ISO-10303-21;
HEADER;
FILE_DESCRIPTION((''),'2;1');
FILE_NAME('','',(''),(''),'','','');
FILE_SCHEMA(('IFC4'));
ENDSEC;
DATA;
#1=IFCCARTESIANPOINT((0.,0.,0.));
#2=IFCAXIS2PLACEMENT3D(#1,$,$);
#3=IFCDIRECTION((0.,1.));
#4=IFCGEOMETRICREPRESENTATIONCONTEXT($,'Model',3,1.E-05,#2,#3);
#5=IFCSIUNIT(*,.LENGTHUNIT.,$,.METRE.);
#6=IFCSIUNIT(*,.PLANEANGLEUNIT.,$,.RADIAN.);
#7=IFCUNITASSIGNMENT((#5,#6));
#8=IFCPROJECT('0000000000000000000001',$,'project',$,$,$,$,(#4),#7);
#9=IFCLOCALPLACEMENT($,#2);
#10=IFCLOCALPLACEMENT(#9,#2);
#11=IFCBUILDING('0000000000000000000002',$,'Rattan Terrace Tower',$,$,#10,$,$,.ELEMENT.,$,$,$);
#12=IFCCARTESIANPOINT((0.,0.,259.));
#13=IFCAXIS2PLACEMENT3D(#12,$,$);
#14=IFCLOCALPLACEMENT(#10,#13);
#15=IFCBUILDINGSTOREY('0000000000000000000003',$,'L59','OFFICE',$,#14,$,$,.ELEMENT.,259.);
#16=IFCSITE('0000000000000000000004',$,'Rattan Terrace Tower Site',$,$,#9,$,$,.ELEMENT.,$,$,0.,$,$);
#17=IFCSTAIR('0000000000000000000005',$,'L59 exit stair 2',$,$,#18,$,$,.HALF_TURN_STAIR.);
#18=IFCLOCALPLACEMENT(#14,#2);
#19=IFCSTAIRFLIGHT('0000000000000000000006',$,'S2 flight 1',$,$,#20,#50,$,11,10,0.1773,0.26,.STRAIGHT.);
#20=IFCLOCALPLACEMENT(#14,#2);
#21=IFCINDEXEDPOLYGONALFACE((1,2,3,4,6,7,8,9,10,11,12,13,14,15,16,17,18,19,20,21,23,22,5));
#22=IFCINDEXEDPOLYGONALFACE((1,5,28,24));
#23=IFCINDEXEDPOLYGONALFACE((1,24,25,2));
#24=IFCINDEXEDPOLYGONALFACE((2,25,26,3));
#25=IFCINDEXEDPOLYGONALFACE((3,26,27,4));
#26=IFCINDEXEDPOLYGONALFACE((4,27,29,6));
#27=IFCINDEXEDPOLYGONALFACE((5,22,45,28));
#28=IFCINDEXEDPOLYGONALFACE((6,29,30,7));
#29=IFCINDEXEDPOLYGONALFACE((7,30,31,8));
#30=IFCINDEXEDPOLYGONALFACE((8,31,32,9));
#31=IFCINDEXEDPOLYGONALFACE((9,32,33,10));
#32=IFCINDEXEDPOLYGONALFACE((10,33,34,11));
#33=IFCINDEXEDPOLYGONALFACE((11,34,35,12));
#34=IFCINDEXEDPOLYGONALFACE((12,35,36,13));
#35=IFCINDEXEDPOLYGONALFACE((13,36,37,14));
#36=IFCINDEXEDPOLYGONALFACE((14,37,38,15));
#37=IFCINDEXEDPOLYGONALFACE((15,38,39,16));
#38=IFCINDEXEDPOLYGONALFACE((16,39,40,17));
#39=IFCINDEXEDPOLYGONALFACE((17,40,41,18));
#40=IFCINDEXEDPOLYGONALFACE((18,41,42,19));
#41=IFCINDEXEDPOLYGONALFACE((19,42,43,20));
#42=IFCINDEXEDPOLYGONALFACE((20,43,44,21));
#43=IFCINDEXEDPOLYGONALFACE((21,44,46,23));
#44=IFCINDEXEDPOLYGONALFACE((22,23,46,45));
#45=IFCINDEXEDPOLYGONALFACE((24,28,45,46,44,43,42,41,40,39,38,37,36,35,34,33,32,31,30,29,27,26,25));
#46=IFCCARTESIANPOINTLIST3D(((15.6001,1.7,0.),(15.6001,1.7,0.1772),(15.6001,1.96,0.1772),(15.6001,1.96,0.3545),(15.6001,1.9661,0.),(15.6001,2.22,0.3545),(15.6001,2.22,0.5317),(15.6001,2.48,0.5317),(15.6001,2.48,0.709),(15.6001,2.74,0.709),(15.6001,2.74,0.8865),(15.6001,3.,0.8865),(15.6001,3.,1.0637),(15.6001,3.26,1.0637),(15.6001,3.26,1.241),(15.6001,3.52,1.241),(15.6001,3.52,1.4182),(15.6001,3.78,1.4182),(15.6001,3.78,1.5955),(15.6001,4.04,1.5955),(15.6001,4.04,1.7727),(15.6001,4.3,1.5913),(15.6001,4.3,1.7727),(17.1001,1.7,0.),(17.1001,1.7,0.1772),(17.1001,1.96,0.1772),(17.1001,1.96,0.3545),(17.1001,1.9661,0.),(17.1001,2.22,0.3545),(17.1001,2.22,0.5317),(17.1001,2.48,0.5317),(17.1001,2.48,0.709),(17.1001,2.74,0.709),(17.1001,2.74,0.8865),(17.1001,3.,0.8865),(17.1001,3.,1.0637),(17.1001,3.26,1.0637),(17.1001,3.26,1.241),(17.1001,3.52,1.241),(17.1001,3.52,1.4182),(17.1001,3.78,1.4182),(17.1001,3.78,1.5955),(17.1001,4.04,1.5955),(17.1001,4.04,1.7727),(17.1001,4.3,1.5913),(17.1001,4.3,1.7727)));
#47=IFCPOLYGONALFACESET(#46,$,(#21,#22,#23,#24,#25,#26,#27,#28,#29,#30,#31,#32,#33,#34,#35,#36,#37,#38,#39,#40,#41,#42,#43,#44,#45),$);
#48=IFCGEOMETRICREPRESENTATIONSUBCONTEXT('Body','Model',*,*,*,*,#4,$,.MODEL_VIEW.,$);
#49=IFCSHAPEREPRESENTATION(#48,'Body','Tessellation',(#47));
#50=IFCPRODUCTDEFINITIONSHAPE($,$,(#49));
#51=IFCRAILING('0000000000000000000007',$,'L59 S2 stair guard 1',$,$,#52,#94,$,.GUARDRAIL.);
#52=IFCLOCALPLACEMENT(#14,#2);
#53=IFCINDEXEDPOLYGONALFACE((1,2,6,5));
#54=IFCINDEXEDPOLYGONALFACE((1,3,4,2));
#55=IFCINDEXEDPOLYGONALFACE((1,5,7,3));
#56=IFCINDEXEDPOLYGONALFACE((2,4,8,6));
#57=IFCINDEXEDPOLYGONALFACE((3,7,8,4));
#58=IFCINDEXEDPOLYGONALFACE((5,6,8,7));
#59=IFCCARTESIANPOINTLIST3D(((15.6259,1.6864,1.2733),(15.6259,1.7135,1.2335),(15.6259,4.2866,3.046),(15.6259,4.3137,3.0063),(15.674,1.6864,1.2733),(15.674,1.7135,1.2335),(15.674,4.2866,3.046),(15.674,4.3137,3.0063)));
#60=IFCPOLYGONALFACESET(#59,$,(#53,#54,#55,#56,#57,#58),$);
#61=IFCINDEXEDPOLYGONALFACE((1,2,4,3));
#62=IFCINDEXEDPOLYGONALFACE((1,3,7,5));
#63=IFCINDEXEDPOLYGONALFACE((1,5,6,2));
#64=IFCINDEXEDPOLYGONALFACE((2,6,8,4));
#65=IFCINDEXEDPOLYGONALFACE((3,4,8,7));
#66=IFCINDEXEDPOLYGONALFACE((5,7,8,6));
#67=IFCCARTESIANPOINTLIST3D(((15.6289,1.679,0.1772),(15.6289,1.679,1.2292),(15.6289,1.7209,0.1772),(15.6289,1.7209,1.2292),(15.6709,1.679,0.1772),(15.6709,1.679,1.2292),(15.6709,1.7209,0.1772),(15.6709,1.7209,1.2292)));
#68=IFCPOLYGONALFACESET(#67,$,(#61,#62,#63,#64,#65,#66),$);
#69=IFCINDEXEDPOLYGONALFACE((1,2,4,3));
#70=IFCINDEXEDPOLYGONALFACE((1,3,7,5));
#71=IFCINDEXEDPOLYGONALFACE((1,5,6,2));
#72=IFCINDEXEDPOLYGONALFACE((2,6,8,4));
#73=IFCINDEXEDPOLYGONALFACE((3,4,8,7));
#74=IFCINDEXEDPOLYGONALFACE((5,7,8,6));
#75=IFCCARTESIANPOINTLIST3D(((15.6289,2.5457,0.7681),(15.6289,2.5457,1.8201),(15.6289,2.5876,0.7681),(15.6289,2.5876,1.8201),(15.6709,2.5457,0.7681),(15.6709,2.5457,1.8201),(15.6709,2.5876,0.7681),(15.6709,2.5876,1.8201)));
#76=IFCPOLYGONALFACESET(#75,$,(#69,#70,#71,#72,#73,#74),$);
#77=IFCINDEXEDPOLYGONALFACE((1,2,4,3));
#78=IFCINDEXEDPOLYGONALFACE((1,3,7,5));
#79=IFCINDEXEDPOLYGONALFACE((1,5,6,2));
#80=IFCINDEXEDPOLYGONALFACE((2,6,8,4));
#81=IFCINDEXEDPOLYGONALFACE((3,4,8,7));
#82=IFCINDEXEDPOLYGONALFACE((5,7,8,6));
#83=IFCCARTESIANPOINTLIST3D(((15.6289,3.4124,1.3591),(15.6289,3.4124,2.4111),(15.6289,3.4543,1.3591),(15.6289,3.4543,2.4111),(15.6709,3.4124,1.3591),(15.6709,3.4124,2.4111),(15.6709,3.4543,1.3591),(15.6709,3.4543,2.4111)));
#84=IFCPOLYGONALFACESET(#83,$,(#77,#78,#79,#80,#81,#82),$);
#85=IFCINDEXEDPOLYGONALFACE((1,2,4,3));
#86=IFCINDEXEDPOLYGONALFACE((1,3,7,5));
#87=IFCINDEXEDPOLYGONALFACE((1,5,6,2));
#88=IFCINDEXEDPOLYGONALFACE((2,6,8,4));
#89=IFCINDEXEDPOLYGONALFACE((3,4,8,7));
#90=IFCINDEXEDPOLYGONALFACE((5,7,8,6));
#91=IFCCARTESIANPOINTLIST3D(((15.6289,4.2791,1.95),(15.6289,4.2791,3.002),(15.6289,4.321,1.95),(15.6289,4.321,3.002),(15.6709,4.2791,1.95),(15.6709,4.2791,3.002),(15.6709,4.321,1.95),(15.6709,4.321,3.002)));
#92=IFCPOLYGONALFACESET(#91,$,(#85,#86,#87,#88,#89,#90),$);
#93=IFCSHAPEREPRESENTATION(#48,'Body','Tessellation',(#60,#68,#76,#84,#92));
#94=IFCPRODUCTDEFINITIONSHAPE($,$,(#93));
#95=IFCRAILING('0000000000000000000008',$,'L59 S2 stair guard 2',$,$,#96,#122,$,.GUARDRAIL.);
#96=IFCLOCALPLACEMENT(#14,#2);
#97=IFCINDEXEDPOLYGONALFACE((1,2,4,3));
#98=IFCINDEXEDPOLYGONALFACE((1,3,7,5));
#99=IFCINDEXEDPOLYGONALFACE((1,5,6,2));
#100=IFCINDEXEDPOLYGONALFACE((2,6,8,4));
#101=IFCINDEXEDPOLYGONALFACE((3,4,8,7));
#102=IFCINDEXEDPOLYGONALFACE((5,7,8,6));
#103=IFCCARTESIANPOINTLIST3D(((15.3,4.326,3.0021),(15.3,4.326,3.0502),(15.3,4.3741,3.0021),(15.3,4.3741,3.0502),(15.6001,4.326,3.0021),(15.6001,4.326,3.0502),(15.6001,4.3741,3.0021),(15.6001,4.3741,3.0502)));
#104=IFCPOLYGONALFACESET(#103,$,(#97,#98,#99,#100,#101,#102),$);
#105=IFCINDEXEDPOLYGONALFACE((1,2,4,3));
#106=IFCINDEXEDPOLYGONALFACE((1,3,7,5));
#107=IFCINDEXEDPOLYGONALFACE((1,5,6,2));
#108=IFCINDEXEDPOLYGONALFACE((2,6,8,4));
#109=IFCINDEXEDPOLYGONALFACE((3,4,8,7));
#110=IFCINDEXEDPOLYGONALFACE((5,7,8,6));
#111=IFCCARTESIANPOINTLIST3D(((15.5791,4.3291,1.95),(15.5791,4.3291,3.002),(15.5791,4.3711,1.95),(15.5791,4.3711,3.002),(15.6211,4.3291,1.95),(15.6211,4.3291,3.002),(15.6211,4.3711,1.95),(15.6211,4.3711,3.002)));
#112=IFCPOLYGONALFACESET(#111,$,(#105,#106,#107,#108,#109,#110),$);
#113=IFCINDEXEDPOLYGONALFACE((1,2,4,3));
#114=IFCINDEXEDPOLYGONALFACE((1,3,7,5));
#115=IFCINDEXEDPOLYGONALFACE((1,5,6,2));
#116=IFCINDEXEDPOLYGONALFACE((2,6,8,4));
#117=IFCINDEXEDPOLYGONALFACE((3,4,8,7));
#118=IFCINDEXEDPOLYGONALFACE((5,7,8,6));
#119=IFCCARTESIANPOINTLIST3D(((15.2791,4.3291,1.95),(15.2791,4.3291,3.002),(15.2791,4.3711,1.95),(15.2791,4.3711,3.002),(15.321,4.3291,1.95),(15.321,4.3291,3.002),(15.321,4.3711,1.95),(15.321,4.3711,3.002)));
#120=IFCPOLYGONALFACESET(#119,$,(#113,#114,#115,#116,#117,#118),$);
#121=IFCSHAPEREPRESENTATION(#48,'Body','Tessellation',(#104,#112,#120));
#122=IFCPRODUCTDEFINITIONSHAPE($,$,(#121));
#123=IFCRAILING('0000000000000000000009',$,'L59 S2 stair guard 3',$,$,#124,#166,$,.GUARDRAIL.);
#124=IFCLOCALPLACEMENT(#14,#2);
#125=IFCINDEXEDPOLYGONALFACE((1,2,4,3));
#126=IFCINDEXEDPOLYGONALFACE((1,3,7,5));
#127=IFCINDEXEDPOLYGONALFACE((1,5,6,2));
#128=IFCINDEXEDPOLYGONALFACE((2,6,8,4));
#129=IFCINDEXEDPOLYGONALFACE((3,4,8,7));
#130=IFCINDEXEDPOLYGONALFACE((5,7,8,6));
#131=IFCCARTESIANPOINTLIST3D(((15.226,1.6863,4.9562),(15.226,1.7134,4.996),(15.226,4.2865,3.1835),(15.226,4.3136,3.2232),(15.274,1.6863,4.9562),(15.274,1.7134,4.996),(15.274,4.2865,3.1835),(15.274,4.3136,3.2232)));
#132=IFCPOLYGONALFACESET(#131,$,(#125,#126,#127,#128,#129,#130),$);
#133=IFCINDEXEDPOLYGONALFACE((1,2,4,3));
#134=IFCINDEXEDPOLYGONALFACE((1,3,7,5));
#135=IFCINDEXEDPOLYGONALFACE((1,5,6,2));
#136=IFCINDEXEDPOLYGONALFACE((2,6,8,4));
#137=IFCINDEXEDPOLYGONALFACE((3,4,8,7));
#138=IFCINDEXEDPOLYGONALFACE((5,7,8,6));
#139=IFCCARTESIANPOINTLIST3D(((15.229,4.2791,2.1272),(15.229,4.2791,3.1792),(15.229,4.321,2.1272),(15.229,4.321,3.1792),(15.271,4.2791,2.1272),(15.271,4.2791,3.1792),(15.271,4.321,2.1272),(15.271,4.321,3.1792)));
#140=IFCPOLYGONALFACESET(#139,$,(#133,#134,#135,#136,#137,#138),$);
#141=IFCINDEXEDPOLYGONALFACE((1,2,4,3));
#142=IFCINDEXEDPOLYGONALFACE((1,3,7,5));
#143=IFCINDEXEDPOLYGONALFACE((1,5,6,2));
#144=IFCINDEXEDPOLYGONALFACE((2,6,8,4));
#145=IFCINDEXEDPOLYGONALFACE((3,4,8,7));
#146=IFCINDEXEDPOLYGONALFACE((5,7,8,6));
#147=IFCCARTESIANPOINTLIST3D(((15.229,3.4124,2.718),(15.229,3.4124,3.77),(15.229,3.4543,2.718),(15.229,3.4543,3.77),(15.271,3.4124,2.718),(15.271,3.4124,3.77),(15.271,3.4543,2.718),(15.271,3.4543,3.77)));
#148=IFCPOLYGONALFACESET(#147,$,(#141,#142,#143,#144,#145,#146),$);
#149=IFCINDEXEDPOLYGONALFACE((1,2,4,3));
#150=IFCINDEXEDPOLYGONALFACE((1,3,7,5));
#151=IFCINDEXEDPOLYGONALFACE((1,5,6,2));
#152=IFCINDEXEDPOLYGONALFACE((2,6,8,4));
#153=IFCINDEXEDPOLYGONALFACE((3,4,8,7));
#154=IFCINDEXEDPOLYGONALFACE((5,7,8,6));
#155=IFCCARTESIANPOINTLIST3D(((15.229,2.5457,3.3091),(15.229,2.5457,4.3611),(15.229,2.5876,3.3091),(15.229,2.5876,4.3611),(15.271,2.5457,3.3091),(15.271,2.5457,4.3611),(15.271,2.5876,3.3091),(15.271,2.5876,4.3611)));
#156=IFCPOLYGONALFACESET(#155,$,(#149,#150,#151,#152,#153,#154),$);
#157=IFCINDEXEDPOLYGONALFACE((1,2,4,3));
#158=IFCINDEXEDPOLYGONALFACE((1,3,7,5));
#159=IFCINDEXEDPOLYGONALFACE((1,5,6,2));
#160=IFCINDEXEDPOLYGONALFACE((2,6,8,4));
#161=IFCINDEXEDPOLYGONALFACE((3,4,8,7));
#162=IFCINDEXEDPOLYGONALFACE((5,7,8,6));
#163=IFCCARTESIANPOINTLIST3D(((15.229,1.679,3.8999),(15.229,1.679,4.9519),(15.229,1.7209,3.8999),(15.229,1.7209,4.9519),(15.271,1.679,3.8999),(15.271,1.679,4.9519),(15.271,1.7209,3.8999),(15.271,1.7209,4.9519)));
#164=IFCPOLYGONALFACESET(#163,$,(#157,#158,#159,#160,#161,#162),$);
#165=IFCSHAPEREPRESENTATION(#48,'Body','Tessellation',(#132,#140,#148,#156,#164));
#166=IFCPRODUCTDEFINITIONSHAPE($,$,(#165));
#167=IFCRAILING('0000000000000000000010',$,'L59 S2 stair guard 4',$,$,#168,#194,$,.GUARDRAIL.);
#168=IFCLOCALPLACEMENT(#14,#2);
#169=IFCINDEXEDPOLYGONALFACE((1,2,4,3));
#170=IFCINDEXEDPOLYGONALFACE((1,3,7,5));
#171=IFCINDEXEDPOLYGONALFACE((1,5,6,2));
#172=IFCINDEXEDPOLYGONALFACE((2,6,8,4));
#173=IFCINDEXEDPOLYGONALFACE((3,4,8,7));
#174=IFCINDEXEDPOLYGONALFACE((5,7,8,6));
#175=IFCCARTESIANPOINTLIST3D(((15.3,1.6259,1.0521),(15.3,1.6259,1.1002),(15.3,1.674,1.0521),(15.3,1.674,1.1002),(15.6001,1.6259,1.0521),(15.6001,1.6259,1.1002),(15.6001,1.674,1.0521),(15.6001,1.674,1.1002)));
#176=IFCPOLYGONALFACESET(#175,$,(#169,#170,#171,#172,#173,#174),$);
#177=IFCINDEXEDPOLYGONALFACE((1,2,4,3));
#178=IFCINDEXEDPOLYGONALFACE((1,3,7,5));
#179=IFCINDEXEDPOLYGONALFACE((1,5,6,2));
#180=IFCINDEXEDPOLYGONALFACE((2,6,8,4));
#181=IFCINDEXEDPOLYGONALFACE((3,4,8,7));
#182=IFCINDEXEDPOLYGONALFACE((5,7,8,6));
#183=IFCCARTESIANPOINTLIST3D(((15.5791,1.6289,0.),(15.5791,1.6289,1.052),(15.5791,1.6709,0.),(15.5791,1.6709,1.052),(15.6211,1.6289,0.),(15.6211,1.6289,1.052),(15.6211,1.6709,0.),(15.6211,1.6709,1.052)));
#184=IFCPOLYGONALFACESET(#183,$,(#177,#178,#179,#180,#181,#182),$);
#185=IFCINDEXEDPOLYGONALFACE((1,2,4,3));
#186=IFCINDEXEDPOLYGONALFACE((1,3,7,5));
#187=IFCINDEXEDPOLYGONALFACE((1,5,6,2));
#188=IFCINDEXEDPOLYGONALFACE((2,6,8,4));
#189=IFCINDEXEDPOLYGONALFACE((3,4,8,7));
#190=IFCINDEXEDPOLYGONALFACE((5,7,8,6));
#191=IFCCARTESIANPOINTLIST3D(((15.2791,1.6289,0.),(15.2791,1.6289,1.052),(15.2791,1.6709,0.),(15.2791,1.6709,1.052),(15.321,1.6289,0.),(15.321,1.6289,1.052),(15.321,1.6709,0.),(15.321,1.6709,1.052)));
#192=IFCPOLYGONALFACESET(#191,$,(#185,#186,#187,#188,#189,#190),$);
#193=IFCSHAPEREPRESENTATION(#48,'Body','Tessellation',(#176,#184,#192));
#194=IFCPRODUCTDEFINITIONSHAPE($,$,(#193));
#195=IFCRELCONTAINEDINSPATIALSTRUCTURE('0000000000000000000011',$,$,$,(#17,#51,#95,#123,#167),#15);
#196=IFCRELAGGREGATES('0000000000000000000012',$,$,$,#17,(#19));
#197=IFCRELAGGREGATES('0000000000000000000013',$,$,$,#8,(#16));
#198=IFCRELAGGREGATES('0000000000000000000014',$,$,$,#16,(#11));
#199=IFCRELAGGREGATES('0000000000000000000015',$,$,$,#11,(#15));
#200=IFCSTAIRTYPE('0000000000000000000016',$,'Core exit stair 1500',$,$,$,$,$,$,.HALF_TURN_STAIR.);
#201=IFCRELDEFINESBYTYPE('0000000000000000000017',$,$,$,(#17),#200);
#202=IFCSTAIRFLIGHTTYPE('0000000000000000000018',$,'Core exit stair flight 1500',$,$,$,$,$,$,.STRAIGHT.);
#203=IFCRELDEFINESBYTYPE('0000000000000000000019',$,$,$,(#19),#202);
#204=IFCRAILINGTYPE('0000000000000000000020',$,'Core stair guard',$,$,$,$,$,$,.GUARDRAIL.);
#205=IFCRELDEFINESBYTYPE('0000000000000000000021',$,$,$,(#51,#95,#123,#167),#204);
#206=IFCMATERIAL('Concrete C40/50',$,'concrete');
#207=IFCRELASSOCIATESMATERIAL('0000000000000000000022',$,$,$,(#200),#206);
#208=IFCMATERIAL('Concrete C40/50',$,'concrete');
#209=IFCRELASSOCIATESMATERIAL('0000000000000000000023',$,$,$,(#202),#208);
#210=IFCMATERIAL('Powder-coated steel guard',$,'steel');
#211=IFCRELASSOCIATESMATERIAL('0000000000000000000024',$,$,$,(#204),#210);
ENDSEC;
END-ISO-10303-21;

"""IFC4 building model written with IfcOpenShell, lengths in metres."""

from ifc_helpers import new_model, si_unit, direction, frame, origin, origin_2d, place, context, subcontext, project, spatial, polyline, rectangle, outline, extrude, material, type_object, element, aggregate, save


model = new_model("IFC4")

# Units and contexts
model_context = context("Model", 3, precision=1e-05, world=origin(), true_north=direction((0.0, 1.0)))
body_context = subcontext(model_context, "Body", "Model", "MODEL_VIEW")
ifc_project = project(units=[si_unit("LENGTHUNIT", "METRE"), si_unit("PLANEANGLEUNIT", "RADIAN")], contexts=[model_context])

# Site, building, storey
site_placement = place(None, origin())
site = spatial("IfcSite", under=ifc_project, at=site_placement, Name="Rattan Terrace Tower Site", CompositionType="ELEMENT", RefElevation=0.0)
building_placement = place(site_placement, origin())
building = spatial("IfcBuilding", under=site, at=building_placement, Name="Rattan Terrace Tower", CompositionType="ELEMENT")
storey_placement = place(building_placement, frame((0.0, 0.0, 259.0)))
storey = spatial("IfcBuildingStorey", under=building, at=storey_placement, Name="L59", Description="OFFICE", CompositionType="ELEMENT", Elevation=259.0)

# Stair, stair flight
ifc_material_1 = material(Name="Concrete C40/50", Category="concrete")
stair_type = type_object("IfcStairType", Name="Core exit stair 1500", PredefinedType="HALF_TURN_STAIR", material=ifc_material_1)
stair_placement = place(storey_placement, origin())
stair = element("IfcStair", 1, at=stair_placement, inside=storey, type_object=stair_type, Name="L59 exit stair 2", PredefinedType="HALF_TURN_STAIR")
ifc_material_2 = material(Name="Concrete C40/50", Category="concrete")
stair_flight_type = type_object("IfcStairFlightType", Name="Core exit stair flight 1500", PredefinedType="STRAIGHT", material=ifc_material_2)
stair_flight_placement = place(storey_placement, frame((16.3501, 1.7, 0.0), z_axis=(0.0, 0.0, 1.0), x_axis=(0.0, 1.0, 0.0)))
stair_flight = element("IfcStairFlight", 2, at=stair_flight_placement, type_object=stair_flight_type, Name="S2 flight 1", NumberOfRisers=11, NumberOfTreads=10, PredefinedType="STRAIGHT", RiserHeight=0.1773, TreadLength=0.26, context=body_context, shape_type="SweptSolid", body=[
    extrude(outline(polyline([(0.0, 0.0), (0.0, 0.1772), (0.26, 0.1772), (0.26, 0.3545), (0.52, 0.3545), (0.52, 0.5317), (0.78, 0.5317), (0.78, 0.709), (1.04, 0.709), (1.04, 0.8865), (1.3, 0.8865), (1.3, 1.0637), (1.5601, 1.0637), (1.5601, 1.241), (1.8201, 1.241), (1.8201, 1.4182), (2.0801, 1.4182), (2.0801, 1.5955), (2.3401, 1.5955), (2.3401, 1.7727), (2.6001, 1.7727), (2.6001, 1.95), (2.6001, 1.5913), (0.2661, 0.0), (0.0, 0.0)])), frame((0.0, 0.75, 0.0), z_axis=(0.0, -1.0, 0.0), x_axis=(1.0, 0.0, 0.0)), (0.0, 0.0, 1.0), 1.5),
])
aggregate(stair, [stair_flight])

# Railings
ifc_material_3 = material(Name="Powder-coated steel guard", Category="steel")
railing_type_1 = type_object("IfcRailingType", Name="Core stair guard", PredefinedType="GUARDRAIL", material=ifc_material_3)
railing_1_placement = place(storey_placement, frame((15.6499, 1.7, 0.1772)))
element("IfcRailing", 3, at=railing_1_placement, inside=storey, type_object=railing_type_1, Name="L59 S2 stair guard 1", PredefinedType="GUARDRAIL", context=body_context, shape_type="SweptSolid", body=[
    extrude(rectangle(XDim=0.0481, YDim=0.0481, at=origin_2d()), frame((0.0, 0.0, 1.0762), z_axis=(0.0, 0.82624, 0.563318), x_axis=(-1.0, 0.0, 0.0)), (0.0, 0.0, 1.0), 3.147),
    extrude(rectangle(XDim=0.042, YDim=0.042, at=origin_2d()), origin(), (0.0, 0.0, 1.0), 1.052),
    extrude(rectangle(XDim=0.042, YDim=0.042, at=origin_2d()), frame((0.0, 0.8667, 0.5908)), (0.0, 0.0, 1.0), 1.052),
    extrude(rectangle(XDim=0.042, YDim=0.042, at=origin_2d()), frame((0.0, 1.7334, 1.1819)), (0.0, 0.0, 1.0), 1.052),
    extrude(rectangle(XDim=0.042, YDim=0.042, at=origin_2d()), frame((0.0, 2.6001, 1.7727)), (0.0, 0.0, 1.0), 1.052),
])
railing_2_placement = place(storey_placement, frame((15.6001, 4.3501, 1.95)))
element("IfcRailing", 4, at=railing_2_placement, inside=storey, type_object=railing_type_1, Name="L59 S2 stair guard 2", PredefinedType="GUARDRAIL", context=body_context, shape_type="SweptSolid", body=[
    extrude(rectangle(XDim=0.0481, YDim=0.0481, at=origin_2d()), frame((0.0, 0.0, 1.0762), z_axis=(-1.0, 0.0, 0.0), x_axis=(0.0, -1.0, 0.0)), (0.0, 0.0, 1.0), 0.3),
    extrude(rectangle(XDim=0.042, YDim=0.042, at=origin_2d()), origin(), (0.0, 0.0, 1.0), 1.052),
    extrude(rectangle(XDim=0.042, YDim=0.042, at=origin_2d()), frame((-0.3, 0.0, 0.0)), (0.0, 0.0, 1.0), 1.052),
])
railing_3_placement = place(storey_placement, frame((15.25, 4.3, 2.1272)))
element("IfcRailing", 5, at=railing_3_placement, inside=storey, type_object=railing_type_1, Name="L59 S2 stair guard 3", PredefinedType="GUARDRAIL", context=body_context, shape_type="SweptSolid", body=[
    extrude(rectangle(XDim=0.0481, YDim=0.0481, at=origin_2d()), frame((0.0, 0.0, 1.0762), z_axis=(0.0, -0.82624, 0.563318), x_axis=(1.0, 0.0, 0.0)), (0.0, 0.0, 1.0), 3.147),
    extrude(rectangle(XDim=0.042, YDim=0.042, at=origin_2d()), origin(), (0.0, 0.0, 1.0), 1.052),
    extrude(rectangle(XDim=0.042, YDim=0.042, at=origin_2d()), frame((0.0, -0.8667, 0.5908)), (0.0, 0.0, 1.0), 1.052),
    extrude(rectangle(XDim=0.042, YDim=0.042, at=origin_2d()), frame((0.0, -1.7334, 1.1819)), (0.0, 0.0, 1.0), 1.052),
    extrude(rectangle(XDim=0.042, YDim=0.042, at=origin_2d()), frame((0.0, -2.6001, 1.7727)), (0.0, 0.0, 1.0), 1.052),
])
railing_4_placement = place(storey_placement, frame((15.6001, 1.6499, 0.0)))
element("IfcRailing", 6, at=railing_4_placement, inside=storey, type_object=railing_type_1, Name="L59 S2 stair guard 4", PredefinedType="GUARDRAIL", context=body_context, shape_type="SweptSolid", body=[
    extrude(rectangle(XDim=0.0481, YDim=0.0481, at=origin_2d()), frame((0.0, 0.0, 1.0762), z_axis=(-1.0, 0.0, 0.0), x_axis=(0.0, -1.0, 0.0)), (0.0, 0.0, 1.0), 0.3),
    extrude(rectangle(XDim=0.042, YDim=0.042, at=origin_2d()), origin(), (0.0, 0.0, 1.0), 1.052),
    extrude(rectangle(XDim=0.042, YDim=0.042, at=origin_2d()), frame((-0.3, 0.0, 0.0)), (0.0, 0.0, 1.0), 1.052),
])

save(model, "model.ifc")
